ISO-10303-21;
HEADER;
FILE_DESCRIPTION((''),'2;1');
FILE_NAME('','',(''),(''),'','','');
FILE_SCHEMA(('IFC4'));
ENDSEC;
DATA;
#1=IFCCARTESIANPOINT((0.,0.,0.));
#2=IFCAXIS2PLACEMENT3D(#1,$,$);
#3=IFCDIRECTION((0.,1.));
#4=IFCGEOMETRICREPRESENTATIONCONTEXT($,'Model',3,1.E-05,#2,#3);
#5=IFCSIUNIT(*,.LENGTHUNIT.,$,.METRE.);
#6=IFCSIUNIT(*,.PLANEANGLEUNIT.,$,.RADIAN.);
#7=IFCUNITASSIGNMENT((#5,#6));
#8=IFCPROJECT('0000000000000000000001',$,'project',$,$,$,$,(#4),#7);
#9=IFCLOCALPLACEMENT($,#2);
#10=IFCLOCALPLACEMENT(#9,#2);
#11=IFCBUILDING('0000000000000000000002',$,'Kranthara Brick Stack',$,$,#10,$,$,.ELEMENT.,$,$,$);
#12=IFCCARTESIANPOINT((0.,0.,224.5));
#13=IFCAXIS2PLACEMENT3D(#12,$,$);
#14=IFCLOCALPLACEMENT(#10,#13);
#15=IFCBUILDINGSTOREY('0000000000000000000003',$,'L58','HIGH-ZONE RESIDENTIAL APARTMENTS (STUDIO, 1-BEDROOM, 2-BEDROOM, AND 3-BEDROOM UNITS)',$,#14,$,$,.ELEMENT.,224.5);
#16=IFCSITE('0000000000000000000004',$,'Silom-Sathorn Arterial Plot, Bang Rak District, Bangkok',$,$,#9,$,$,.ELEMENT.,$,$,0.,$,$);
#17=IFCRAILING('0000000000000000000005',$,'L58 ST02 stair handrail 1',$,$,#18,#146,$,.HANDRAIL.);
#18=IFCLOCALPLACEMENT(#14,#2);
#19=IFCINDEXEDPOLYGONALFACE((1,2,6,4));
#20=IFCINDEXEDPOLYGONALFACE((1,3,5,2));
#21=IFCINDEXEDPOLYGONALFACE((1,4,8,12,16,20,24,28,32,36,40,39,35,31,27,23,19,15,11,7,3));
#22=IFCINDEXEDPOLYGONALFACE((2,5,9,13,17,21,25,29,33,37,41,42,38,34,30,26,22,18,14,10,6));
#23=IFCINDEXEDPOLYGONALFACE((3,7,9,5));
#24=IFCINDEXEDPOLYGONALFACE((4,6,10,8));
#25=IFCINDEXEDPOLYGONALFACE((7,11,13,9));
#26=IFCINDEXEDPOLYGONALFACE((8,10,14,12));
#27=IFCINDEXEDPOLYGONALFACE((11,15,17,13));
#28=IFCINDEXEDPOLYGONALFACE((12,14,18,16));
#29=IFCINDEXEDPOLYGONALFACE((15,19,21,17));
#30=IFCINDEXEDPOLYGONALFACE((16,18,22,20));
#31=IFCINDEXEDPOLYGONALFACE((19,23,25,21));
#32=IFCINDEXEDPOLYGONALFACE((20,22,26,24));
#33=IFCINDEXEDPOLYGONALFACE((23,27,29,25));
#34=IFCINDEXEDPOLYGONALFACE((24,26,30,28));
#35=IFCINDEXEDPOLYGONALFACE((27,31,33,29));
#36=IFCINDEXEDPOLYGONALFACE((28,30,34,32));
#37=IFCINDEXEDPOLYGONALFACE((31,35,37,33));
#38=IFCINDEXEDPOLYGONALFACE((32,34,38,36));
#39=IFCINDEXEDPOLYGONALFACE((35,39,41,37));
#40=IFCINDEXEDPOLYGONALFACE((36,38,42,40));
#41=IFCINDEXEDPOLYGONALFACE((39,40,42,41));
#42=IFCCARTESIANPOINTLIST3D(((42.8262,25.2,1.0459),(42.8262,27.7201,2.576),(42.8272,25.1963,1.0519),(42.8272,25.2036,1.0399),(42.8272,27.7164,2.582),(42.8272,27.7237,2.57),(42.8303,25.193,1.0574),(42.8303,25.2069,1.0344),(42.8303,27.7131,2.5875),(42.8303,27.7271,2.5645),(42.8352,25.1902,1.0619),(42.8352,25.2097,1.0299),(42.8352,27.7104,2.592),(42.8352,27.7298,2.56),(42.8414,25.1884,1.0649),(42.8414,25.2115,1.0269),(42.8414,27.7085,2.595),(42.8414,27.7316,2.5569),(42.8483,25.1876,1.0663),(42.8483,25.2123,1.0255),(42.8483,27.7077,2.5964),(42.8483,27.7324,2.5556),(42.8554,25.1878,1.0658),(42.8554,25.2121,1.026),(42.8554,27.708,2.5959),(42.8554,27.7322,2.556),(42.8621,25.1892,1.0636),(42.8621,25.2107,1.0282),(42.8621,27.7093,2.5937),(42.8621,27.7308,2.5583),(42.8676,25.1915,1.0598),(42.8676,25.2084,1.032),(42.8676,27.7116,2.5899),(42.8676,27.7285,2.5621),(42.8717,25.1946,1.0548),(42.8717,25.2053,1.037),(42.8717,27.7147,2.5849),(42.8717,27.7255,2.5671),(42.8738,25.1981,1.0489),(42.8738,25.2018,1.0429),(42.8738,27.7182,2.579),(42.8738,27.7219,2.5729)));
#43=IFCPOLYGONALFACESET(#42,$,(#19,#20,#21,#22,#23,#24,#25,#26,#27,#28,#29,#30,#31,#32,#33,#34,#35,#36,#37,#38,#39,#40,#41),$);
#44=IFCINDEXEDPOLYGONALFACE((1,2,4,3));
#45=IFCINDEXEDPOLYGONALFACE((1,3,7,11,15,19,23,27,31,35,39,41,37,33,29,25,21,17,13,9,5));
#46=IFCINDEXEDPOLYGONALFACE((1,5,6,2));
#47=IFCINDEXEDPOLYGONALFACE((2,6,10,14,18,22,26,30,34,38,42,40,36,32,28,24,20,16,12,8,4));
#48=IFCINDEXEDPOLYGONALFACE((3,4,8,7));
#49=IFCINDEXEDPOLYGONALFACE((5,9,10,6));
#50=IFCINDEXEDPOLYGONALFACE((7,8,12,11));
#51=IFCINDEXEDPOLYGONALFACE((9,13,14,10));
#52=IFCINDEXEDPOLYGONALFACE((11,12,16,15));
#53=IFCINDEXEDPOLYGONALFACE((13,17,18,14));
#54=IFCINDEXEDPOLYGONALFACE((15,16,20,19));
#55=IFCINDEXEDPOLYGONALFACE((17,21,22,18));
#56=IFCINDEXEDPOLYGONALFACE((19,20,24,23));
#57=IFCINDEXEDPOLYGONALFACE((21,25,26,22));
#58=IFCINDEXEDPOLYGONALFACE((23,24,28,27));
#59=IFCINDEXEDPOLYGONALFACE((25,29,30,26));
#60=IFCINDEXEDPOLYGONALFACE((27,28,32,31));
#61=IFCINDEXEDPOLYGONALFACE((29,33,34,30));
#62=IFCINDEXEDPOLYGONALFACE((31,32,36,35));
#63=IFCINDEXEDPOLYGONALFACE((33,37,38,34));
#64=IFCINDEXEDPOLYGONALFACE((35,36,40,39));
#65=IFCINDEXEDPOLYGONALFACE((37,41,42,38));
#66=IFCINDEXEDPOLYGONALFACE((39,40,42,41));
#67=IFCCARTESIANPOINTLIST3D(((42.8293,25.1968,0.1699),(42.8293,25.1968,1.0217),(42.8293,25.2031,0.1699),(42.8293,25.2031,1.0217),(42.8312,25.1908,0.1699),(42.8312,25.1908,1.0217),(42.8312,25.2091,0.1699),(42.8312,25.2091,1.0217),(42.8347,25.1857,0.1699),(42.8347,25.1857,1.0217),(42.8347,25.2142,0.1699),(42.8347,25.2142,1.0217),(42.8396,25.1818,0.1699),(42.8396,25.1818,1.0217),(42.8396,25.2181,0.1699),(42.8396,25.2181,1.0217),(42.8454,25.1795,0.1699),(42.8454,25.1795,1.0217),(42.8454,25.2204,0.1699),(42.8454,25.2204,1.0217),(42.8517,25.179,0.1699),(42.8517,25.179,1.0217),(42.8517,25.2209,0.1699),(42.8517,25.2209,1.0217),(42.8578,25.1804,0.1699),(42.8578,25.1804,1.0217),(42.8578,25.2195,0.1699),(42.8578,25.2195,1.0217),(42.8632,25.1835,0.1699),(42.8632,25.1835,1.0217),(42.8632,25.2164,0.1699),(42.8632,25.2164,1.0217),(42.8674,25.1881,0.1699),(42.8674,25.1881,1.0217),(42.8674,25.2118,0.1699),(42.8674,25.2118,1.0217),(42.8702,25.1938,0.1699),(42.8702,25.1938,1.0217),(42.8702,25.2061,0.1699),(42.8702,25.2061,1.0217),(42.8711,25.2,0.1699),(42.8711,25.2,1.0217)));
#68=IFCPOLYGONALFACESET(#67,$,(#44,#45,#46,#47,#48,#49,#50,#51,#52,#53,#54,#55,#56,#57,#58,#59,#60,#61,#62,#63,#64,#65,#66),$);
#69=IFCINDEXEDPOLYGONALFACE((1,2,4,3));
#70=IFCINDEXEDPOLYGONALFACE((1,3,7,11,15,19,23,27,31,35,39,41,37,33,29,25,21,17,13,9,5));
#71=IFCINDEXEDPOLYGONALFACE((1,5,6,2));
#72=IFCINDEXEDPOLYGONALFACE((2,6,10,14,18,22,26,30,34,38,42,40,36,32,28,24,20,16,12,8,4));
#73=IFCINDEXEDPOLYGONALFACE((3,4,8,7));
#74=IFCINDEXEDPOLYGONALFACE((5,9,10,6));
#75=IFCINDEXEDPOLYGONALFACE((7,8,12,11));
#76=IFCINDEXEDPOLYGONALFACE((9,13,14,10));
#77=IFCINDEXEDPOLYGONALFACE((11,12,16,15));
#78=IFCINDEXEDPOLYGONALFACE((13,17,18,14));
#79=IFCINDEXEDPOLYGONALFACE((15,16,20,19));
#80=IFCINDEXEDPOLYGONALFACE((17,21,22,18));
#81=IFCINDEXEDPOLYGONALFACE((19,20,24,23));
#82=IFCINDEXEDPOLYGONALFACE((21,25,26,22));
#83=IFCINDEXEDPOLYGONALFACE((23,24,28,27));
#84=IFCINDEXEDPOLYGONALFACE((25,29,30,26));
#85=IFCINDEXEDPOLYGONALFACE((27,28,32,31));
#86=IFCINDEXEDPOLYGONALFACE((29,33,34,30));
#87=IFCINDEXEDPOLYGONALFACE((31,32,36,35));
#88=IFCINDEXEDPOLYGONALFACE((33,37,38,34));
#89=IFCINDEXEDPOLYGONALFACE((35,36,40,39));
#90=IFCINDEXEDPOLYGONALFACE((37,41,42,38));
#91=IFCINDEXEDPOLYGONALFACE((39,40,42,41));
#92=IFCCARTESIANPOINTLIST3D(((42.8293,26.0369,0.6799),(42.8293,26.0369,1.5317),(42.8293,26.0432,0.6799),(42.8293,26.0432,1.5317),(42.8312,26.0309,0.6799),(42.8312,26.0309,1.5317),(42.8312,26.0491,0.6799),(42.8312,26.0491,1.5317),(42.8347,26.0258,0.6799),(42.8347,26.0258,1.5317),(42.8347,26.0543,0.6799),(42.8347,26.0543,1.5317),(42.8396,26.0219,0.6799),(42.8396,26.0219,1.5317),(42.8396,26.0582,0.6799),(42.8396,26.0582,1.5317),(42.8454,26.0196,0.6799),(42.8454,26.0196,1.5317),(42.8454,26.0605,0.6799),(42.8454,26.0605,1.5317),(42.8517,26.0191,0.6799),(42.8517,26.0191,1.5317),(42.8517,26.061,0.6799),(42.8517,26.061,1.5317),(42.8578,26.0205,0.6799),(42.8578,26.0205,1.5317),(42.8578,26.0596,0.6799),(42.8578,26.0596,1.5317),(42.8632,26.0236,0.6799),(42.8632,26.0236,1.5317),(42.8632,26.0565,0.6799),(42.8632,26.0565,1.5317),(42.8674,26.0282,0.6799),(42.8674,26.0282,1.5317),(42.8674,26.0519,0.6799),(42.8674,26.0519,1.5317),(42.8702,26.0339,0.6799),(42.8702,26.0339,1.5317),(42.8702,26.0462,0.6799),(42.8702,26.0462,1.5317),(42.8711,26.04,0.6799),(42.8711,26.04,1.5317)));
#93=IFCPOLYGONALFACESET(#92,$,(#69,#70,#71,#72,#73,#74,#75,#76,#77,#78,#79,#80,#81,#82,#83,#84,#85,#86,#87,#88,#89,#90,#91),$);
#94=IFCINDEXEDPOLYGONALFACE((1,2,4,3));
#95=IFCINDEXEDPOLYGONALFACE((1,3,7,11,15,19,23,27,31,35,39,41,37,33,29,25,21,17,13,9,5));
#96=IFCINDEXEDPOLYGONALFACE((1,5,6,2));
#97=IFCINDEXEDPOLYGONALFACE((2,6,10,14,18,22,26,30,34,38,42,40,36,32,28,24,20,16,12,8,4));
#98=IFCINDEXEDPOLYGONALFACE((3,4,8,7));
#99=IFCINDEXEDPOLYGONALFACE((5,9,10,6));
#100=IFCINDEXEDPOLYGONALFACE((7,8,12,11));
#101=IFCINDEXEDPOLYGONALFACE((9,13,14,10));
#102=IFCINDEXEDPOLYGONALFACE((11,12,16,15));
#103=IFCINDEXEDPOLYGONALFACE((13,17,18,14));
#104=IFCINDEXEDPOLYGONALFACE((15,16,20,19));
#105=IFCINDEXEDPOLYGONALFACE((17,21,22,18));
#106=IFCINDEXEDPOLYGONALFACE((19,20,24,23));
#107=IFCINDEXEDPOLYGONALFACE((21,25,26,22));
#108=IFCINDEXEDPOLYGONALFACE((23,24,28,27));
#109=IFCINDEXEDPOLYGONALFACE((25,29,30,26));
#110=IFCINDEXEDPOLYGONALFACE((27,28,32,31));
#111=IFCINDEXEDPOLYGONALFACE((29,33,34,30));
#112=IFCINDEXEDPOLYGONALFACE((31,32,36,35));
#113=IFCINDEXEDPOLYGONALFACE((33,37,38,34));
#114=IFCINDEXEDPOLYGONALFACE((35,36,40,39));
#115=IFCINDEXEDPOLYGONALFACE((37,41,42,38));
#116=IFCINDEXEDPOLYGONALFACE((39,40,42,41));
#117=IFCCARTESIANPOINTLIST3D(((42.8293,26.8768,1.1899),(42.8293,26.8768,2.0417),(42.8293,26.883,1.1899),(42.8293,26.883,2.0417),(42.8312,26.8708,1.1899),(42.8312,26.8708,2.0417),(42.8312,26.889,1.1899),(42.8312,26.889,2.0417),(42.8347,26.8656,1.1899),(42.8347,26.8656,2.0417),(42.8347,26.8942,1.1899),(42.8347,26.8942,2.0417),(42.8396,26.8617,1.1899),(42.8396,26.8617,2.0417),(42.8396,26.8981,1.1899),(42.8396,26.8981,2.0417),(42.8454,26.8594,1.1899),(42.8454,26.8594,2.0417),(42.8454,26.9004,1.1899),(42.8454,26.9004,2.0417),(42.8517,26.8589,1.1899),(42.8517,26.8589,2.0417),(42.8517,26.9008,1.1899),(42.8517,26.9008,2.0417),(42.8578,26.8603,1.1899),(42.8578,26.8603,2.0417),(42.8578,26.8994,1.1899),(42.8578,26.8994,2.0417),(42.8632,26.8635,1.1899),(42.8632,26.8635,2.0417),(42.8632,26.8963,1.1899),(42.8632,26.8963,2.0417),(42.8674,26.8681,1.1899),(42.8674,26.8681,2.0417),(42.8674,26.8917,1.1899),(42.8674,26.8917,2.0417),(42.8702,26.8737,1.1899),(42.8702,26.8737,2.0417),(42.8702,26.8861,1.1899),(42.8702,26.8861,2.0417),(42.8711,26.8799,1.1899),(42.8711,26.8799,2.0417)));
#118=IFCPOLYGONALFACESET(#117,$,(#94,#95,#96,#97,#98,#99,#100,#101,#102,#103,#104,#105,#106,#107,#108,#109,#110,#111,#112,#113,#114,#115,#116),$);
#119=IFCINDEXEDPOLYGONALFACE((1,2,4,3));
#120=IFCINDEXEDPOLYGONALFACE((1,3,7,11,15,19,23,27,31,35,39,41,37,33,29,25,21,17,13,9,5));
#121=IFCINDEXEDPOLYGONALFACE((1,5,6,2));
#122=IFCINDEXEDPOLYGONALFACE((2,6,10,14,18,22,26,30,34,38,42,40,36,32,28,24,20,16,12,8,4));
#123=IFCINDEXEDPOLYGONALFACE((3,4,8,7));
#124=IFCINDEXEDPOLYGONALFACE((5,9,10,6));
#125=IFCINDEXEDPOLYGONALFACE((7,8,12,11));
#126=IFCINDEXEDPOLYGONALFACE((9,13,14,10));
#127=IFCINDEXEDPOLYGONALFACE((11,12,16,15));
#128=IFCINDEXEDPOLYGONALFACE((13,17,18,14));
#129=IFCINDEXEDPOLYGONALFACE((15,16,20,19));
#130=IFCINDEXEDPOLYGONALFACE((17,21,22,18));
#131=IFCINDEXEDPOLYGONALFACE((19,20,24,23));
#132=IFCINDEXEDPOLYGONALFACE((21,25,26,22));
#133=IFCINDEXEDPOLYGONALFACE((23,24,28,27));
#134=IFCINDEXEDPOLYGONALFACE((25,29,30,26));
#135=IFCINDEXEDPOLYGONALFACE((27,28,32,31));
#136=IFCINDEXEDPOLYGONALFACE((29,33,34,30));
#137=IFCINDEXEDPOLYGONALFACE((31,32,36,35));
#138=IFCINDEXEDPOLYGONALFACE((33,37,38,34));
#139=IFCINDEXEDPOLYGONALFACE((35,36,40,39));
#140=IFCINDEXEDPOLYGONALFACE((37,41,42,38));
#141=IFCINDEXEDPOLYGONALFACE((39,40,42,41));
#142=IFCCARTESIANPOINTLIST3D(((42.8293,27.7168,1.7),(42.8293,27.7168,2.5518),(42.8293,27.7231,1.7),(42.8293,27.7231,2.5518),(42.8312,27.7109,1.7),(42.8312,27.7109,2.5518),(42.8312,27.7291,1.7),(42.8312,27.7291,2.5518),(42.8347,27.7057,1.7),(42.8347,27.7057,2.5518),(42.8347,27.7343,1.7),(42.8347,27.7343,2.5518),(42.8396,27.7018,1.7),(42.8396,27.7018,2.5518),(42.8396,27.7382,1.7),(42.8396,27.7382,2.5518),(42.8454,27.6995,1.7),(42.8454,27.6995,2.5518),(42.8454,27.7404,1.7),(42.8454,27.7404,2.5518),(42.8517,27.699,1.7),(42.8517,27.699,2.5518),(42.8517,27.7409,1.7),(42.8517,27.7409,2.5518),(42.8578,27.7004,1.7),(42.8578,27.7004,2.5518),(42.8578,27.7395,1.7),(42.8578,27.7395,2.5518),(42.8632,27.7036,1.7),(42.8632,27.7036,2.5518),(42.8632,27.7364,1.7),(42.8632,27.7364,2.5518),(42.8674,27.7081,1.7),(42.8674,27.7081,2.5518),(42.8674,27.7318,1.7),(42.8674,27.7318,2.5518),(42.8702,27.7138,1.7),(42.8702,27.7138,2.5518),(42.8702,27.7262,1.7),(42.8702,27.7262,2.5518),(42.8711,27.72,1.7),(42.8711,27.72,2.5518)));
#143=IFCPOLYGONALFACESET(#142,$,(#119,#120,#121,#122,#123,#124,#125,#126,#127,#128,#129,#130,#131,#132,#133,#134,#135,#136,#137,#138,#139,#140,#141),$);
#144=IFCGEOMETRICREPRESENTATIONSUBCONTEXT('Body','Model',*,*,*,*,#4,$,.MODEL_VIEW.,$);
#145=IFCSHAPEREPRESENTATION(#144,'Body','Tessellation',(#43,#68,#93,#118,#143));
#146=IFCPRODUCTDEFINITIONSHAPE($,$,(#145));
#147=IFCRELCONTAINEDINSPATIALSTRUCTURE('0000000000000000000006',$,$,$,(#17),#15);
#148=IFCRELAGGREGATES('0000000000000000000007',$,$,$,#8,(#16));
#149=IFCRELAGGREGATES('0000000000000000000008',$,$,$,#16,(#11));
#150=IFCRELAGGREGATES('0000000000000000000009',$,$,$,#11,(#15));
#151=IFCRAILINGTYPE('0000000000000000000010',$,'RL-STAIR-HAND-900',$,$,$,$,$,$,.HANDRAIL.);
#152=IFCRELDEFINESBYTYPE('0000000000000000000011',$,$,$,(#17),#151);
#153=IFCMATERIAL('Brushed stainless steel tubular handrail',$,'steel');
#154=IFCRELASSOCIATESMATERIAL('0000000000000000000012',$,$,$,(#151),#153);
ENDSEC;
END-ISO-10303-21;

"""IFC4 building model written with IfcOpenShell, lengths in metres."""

from ifc_helpers import new_model, si_unit, direction, frame, origin, origin_2d, place, context, subcontext, project, spatial, circle, extrude, material, type_object, element, save


model = new_model("IFC4")

# Units and contexts
model_context = context("Model", 3, precision=1e-05, world=origin(), true_north=direction((0.0, 1.0)))
body_context = subcontext(model_context, "Body", "Model", "MODEL_VIEW")
ifc_project = project(units=[si_unit("LENGTHUNIT", "METRE"), si_unit("PLANEANGLEUNIT", "RADIAN")], contexts=[model_context])

# Site, building, storey
site_placement = place(None, origin())
site = spatial("IfcSite", under=ifc_project, at=site_placement, Name="Silom-Sathorn Arterial Plot, Bang Rak District, Bangkok", CompositionType="ELEMENT", RefElevation=0.0)
building_placement = place(site_placement, origin())
building = spatial("IfcBuilding", under=site, at=building_placement, Name="Kranthara Brick Stack", CompositionType="ELEMENT")
storey_placement = place(building_placement, frame((0.0, 0.0, 224.5)))
storey = spatial("IfcBuildingStorey", under=building, at=storey_placement, Name="L58", Description="HIGH-ZONE RESIDENTIAL APARTMENTS (STUDIO, 1-BEDROOM, 2-BEDROOM, AND 3-BEDROOM UNITS)", CompositionType="ELEMENT", Elevation=224.5)

# Railing
ifc_material_1 = material(Name="Brushed stainless steel tubular handrail", Category="steel")
railing_type_1 = type_object("IfcRailingType", Name="RL-STAIR-HAND-900", PredefinedType="HANDRAIL", material=ifc_material_1)
railing_1_placement = place(storey_placement, frame((42.8501, 25.2, 0.1699)))
element("IfcRailing", 1, at=railing_1_placement, inside=storey, type_object=railing_type_1, Name="L58 ST02 stair handrail 1", PredefinedType="HANDRAIL", context=body_context, shape_type="SweptSolid", body=[
    extrude(circle(Radius=0.0239, at=origin_2d()), frame((0.0, 0.0, 0.876), z_axis=(0.0, 0.854785, 0.518982), x_axis=(-1.0, 0.0, 0.0)), (0.0, 0.0, 1.0), 2.9482),
    extrude(circle(Radius=0.021, at=origin_2d()), origin(), (0.0, 0.0, 1.0), 0.8518),
    extrude(circle(Radius=0.021, at=origin_2d()), frame((0.0, 0.8401, 0.51)), (0.0, 0.0, 1.0), 0.8518),
    extrude(circle(Radius=0.021, at=origin_2d()), frame((0.0, 1.6799, 1.02)), (0.0, 0.0, 1.0), 0.8518),
    extrude(circle(Radius=0.021, at=origin_2d()), frame((0.0, 2.52, 1.53)), (0.0, 0.0, 1.0), 0.8518),
])

save(model, "model.ifc")
